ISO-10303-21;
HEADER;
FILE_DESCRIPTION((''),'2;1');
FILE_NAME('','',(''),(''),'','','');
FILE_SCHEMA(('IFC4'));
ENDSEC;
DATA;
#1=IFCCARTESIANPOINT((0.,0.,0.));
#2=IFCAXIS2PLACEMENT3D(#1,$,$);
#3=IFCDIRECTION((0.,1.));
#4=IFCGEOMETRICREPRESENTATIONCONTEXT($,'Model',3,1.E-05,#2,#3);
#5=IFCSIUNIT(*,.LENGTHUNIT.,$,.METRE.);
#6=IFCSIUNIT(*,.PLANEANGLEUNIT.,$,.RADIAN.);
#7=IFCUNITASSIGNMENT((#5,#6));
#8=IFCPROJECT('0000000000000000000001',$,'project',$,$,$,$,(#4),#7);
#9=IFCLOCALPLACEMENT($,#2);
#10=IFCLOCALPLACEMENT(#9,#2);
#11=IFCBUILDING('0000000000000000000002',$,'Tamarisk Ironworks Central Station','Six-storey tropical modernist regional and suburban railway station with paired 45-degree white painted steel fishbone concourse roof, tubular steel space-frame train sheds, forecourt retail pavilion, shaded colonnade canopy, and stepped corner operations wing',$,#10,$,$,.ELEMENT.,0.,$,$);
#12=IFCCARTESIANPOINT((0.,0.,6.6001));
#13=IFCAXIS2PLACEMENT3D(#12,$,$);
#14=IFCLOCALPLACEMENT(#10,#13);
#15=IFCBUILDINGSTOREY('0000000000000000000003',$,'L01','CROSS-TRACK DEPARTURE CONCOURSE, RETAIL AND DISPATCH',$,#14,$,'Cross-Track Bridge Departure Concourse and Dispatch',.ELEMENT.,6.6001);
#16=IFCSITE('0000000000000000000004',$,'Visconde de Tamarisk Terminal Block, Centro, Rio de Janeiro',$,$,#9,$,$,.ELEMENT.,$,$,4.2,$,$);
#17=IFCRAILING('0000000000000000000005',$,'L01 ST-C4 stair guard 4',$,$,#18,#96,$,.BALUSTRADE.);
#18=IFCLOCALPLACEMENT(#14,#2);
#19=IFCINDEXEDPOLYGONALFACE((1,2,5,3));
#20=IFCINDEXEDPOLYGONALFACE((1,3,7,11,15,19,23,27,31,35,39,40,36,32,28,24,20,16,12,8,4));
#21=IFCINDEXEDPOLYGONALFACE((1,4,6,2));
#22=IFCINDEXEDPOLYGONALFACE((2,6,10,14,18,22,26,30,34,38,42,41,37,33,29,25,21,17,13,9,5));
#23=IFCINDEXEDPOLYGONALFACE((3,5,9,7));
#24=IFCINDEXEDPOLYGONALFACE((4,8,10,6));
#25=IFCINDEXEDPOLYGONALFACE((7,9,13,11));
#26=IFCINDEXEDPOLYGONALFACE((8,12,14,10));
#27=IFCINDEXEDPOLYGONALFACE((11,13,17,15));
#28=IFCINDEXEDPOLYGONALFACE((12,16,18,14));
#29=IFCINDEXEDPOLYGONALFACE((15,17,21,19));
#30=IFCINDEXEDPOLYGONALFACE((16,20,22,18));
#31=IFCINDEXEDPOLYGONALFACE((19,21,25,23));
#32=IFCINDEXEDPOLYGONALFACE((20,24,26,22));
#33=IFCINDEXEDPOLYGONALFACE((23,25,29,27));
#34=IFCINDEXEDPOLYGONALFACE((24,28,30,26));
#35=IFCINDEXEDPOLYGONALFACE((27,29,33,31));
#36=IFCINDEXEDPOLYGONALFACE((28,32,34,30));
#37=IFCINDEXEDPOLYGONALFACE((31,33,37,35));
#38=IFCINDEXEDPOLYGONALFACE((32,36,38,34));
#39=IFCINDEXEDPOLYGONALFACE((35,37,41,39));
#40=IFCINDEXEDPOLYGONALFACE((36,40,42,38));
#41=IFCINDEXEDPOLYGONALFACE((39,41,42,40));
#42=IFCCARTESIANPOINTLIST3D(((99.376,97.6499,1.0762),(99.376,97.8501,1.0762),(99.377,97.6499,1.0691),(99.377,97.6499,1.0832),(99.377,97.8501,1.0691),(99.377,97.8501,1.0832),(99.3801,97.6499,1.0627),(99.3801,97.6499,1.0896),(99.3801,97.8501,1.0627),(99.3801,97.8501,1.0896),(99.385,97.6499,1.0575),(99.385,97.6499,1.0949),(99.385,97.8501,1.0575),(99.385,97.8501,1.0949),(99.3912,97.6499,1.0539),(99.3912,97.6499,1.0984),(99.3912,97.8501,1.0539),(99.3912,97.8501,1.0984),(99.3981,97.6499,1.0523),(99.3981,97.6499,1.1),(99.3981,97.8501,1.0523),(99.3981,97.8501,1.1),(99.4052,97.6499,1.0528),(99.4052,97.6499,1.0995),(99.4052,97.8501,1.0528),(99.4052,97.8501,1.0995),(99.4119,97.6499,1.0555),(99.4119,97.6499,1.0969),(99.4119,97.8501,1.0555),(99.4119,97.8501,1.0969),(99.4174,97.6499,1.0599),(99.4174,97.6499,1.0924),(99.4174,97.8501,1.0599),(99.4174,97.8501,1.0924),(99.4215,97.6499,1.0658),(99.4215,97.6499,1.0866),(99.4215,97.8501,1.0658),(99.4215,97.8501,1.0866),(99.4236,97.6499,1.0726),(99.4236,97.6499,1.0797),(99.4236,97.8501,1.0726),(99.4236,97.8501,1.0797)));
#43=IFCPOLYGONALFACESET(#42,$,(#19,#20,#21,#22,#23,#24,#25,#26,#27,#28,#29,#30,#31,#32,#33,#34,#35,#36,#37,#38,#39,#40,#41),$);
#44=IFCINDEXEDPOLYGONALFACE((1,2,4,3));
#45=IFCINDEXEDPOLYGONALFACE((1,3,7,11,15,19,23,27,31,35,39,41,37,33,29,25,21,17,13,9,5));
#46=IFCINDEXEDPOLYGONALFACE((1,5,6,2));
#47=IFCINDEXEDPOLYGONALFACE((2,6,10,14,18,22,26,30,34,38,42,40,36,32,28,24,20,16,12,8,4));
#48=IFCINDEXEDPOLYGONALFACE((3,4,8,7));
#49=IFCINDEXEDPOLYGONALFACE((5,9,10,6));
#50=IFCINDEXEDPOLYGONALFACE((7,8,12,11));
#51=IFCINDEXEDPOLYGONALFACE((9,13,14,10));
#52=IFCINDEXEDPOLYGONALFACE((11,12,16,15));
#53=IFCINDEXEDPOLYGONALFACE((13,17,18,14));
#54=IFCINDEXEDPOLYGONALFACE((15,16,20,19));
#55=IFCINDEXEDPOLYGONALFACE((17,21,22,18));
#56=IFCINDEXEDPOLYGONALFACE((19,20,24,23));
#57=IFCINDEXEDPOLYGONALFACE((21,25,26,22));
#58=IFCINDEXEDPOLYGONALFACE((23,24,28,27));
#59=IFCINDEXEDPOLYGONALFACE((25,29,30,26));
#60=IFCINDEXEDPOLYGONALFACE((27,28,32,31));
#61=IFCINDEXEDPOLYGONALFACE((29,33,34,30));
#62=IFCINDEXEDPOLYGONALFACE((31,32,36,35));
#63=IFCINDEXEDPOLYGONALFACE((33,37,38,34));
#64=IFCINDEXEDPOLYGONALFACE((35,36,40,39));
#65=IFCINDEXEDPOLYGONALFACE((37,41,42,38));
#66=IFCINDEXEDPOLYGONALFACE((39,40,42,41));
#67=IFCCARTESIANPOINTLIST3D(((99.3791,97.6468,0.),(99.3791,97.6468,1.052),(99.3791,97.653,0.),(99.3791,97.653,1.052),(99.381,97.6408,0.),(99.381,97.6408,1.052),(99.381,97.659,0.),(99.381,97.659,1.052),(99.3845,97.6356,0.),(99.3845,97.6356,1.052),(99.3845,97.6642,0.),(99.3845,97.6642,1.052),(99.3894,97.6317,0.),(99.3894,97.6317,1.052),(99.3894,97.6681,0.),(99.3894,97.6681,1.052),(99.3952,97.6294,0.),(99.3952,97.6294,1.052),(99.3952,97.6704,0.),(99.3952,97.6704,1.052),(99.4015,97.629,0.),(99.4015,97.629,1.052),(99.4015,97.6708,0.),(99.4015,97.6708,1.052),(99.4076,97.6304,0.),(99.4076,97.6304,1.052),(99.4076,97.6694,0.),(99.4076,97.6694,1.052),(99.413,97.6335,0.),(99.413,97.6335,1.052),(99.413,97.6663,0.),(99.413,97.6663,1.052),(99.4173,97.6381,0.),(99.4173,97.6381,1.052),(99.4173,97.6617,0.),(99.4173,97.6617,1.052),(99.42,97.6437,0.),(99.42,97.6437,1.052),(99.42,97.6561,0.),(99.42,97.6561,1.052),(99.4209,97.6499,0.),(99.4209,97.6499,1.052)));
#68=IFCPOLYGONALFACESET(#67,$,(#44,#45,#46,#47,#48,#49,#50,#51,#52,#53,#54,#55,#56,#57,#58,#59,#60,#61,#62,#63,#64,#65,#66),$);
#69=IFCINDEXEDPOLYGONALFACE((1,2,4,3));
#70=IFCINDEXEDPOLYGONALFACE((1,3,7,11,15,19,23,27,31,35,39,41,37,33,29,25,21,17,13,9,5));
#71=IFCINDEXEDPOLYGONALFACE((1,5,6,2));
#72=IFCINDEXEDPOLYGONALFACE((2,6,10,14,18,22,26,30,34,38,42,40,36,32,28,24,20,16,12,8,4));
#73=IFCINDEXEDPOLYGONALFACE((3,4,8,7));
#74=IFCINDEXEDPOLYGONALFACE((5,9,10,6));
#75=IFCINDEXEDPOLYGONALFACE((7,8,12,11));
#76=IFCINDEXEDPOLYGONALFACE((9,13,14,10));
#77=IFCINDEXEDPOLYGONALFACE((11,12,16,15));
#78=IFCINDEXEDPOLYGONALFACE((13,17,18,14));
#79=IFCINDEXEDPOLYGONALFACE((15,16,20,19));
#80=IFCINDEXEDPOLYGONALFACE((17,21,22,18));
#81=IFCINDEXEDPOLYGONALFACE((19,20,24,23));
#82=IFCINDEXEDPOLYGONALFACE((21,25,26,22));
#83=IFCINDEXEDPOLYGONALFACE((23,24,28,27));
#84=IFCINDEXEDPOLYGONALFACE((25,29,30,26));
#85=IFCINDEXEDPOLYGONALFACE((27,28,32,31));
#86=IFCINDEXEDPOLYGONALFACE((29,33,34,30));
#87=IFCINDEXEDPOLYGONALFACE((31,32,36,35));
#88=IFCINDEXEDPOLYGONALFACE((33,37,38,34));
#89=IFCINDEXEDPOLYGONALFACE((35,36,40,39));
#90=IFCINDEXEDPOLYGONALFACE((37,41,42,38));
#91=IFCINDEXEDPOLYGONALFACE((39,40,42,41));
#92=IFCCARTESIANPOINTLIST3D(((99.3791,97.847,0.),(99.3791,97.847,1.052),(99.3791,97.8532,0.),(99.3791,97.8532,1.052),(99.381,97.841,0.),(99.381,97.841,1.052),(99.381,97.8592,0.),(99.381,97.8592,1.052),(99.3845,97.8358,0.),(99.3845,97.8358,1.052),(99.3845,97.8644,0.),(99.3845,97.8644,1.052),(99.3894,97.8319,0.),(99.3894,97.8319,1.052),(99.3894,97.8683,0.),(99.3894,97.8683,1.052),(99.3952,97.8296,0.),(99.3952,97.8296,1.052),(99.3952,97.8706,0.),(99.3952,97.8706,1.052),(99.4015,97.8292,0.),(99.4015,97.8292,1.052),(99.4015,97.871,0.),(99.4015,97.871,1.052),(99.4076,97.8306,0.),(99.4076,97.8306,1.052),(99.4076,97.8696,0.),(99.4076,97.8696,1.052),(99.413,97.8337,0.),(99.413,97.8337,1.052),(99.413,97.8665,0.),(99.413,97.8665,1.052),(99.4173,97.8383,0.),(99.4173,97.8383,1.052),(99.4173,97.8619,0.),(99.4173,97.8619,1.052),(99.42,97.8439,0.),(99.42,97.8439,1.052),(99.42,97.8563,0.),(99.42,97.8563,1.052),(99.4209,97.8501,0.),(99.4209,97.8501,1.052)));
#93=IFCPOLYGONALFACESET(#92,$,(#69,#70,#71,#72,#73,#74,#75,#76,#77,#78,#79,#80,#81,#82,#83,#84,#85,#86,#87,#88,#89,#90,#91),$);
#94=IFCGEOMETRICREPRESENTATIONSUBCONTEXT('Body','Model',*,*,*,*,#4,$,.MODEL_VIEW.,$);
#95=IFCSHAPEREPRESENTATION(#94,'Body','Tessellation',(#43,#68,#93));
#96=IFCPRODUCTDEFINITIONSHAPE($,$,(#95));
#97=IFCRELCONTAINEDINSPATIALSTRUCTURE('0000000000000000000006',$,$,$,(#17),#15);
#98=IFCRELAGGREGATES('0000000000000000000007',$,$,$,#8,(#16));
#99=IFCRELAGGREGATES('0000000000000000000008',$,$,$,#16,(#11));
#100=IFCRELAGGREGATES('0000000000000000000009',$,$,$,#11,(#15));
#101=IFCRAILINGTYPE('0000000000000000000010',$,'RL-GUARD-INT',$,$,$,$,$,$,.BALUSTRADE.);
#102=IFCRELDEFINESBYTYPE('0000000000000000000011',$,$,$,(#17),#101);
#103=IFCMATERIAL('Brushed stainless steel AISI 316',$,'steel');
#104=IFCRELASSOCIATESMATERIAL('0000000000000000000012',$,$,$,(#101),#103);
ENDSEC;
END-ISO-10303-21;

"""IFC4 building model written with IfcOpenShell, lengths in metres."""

from ifc_helpers import new_model, si_unit, direction, frame, origin, origin_2d, place, context, subcontext, project, spatial, circle, extrude, material, type_object, element, save


model = new_model("IFC4")

# Units and contexts
model_context = context("Model", 3, precision=1e-05, world=origin(), true_north=direction((0.0, 1.0)))
body_context = subcontext(model_context, "Body", "Model", "MODEL_VIEW")
ifc_project = project(units=[si_unit("LENGTHUNIT", "METRE"), si_unit("PLANEANGLEUNIT", "RADIAN")], contexts=[model_context])

# Site, building, storey
site_placement = place(None, origin())
site = spatial("IfcSite", under=ifc_project, at=site_placement, Name="Visconde de Tamarisk Terminal Block, Centro, Rio de Janeiro", CompositionType="ELEMENT", RefElevation=4.2)
building_placement = place(site_placement, origin())
building = spatial("IfcBuilding", under=site, at=building_placement, Name="Tamarisk Ironworks Central Station", Description="Six-storey tropical modernist regional and suburban railway station with paired 45-degree white painted steel fishbone concourse roof, tubular steel space-frame train sheds, forecourt retail pavilion, shaded colonnade canopy, and stepped corner operations wing", CompositionType="ELEMENT", ElevationOfRefHeight=0.0)
storey_placement = place(building_placement, frame((0.0, 0.0, 6.6001)))
storey = spatial("IfcBuildingStorey", under=building, at=storey_placement, Name="L01", Description="CROSS-TRACK DEPARTURE CONCOURSE, RETAIL AND DISPATCH", LongName="Cross-Track Bridge Departure Concourse and Dispatch", CompositionType="ELEMENT", Elevation=6.6001)

# Railing
ifc_material_1 = material(Name="Brushed stainless steel AISI 316", Category="steel")
railing_type_1 = type_object("IfcRailingType", Name="RL-GUARD-INT", PredefinedType="BALUSTRADE", material=ifc_material_1)
railing_1_placement = place(storey_placement, frame((99.3999, 97.6499, 0.0)))
element("IfcRailing", 1, at=railing_1_placement, inside=storey, type_object=railing_type_1, Name="L01 ST-C4 stair guard 4", PredefinedType="BALUSTRADE", context=body_context, shape_type="SweptSolid", body=[
    extrude(circle(Radius=0.0239, at=origin_2d()), frame((0.0, 0.0, 1.0762), z_axis=(0.0, 1.0, 0.0), x_axis=(-1.0, 0.0, 0.0)), (0.0, 0.0, 1.0), 0.2002),
    extrude(circle(Radius=0.021, at=origin_2d()), origin(), (0.0, 0.0, 1.0), 1.052),
    extrude(circle(Radius=0.021, at=origin_2d()), frame((0.0, 0.2002, 0.0)), (0.0, 0.0, 1.0), 1.052),
])

save(model, "model.ifc")
